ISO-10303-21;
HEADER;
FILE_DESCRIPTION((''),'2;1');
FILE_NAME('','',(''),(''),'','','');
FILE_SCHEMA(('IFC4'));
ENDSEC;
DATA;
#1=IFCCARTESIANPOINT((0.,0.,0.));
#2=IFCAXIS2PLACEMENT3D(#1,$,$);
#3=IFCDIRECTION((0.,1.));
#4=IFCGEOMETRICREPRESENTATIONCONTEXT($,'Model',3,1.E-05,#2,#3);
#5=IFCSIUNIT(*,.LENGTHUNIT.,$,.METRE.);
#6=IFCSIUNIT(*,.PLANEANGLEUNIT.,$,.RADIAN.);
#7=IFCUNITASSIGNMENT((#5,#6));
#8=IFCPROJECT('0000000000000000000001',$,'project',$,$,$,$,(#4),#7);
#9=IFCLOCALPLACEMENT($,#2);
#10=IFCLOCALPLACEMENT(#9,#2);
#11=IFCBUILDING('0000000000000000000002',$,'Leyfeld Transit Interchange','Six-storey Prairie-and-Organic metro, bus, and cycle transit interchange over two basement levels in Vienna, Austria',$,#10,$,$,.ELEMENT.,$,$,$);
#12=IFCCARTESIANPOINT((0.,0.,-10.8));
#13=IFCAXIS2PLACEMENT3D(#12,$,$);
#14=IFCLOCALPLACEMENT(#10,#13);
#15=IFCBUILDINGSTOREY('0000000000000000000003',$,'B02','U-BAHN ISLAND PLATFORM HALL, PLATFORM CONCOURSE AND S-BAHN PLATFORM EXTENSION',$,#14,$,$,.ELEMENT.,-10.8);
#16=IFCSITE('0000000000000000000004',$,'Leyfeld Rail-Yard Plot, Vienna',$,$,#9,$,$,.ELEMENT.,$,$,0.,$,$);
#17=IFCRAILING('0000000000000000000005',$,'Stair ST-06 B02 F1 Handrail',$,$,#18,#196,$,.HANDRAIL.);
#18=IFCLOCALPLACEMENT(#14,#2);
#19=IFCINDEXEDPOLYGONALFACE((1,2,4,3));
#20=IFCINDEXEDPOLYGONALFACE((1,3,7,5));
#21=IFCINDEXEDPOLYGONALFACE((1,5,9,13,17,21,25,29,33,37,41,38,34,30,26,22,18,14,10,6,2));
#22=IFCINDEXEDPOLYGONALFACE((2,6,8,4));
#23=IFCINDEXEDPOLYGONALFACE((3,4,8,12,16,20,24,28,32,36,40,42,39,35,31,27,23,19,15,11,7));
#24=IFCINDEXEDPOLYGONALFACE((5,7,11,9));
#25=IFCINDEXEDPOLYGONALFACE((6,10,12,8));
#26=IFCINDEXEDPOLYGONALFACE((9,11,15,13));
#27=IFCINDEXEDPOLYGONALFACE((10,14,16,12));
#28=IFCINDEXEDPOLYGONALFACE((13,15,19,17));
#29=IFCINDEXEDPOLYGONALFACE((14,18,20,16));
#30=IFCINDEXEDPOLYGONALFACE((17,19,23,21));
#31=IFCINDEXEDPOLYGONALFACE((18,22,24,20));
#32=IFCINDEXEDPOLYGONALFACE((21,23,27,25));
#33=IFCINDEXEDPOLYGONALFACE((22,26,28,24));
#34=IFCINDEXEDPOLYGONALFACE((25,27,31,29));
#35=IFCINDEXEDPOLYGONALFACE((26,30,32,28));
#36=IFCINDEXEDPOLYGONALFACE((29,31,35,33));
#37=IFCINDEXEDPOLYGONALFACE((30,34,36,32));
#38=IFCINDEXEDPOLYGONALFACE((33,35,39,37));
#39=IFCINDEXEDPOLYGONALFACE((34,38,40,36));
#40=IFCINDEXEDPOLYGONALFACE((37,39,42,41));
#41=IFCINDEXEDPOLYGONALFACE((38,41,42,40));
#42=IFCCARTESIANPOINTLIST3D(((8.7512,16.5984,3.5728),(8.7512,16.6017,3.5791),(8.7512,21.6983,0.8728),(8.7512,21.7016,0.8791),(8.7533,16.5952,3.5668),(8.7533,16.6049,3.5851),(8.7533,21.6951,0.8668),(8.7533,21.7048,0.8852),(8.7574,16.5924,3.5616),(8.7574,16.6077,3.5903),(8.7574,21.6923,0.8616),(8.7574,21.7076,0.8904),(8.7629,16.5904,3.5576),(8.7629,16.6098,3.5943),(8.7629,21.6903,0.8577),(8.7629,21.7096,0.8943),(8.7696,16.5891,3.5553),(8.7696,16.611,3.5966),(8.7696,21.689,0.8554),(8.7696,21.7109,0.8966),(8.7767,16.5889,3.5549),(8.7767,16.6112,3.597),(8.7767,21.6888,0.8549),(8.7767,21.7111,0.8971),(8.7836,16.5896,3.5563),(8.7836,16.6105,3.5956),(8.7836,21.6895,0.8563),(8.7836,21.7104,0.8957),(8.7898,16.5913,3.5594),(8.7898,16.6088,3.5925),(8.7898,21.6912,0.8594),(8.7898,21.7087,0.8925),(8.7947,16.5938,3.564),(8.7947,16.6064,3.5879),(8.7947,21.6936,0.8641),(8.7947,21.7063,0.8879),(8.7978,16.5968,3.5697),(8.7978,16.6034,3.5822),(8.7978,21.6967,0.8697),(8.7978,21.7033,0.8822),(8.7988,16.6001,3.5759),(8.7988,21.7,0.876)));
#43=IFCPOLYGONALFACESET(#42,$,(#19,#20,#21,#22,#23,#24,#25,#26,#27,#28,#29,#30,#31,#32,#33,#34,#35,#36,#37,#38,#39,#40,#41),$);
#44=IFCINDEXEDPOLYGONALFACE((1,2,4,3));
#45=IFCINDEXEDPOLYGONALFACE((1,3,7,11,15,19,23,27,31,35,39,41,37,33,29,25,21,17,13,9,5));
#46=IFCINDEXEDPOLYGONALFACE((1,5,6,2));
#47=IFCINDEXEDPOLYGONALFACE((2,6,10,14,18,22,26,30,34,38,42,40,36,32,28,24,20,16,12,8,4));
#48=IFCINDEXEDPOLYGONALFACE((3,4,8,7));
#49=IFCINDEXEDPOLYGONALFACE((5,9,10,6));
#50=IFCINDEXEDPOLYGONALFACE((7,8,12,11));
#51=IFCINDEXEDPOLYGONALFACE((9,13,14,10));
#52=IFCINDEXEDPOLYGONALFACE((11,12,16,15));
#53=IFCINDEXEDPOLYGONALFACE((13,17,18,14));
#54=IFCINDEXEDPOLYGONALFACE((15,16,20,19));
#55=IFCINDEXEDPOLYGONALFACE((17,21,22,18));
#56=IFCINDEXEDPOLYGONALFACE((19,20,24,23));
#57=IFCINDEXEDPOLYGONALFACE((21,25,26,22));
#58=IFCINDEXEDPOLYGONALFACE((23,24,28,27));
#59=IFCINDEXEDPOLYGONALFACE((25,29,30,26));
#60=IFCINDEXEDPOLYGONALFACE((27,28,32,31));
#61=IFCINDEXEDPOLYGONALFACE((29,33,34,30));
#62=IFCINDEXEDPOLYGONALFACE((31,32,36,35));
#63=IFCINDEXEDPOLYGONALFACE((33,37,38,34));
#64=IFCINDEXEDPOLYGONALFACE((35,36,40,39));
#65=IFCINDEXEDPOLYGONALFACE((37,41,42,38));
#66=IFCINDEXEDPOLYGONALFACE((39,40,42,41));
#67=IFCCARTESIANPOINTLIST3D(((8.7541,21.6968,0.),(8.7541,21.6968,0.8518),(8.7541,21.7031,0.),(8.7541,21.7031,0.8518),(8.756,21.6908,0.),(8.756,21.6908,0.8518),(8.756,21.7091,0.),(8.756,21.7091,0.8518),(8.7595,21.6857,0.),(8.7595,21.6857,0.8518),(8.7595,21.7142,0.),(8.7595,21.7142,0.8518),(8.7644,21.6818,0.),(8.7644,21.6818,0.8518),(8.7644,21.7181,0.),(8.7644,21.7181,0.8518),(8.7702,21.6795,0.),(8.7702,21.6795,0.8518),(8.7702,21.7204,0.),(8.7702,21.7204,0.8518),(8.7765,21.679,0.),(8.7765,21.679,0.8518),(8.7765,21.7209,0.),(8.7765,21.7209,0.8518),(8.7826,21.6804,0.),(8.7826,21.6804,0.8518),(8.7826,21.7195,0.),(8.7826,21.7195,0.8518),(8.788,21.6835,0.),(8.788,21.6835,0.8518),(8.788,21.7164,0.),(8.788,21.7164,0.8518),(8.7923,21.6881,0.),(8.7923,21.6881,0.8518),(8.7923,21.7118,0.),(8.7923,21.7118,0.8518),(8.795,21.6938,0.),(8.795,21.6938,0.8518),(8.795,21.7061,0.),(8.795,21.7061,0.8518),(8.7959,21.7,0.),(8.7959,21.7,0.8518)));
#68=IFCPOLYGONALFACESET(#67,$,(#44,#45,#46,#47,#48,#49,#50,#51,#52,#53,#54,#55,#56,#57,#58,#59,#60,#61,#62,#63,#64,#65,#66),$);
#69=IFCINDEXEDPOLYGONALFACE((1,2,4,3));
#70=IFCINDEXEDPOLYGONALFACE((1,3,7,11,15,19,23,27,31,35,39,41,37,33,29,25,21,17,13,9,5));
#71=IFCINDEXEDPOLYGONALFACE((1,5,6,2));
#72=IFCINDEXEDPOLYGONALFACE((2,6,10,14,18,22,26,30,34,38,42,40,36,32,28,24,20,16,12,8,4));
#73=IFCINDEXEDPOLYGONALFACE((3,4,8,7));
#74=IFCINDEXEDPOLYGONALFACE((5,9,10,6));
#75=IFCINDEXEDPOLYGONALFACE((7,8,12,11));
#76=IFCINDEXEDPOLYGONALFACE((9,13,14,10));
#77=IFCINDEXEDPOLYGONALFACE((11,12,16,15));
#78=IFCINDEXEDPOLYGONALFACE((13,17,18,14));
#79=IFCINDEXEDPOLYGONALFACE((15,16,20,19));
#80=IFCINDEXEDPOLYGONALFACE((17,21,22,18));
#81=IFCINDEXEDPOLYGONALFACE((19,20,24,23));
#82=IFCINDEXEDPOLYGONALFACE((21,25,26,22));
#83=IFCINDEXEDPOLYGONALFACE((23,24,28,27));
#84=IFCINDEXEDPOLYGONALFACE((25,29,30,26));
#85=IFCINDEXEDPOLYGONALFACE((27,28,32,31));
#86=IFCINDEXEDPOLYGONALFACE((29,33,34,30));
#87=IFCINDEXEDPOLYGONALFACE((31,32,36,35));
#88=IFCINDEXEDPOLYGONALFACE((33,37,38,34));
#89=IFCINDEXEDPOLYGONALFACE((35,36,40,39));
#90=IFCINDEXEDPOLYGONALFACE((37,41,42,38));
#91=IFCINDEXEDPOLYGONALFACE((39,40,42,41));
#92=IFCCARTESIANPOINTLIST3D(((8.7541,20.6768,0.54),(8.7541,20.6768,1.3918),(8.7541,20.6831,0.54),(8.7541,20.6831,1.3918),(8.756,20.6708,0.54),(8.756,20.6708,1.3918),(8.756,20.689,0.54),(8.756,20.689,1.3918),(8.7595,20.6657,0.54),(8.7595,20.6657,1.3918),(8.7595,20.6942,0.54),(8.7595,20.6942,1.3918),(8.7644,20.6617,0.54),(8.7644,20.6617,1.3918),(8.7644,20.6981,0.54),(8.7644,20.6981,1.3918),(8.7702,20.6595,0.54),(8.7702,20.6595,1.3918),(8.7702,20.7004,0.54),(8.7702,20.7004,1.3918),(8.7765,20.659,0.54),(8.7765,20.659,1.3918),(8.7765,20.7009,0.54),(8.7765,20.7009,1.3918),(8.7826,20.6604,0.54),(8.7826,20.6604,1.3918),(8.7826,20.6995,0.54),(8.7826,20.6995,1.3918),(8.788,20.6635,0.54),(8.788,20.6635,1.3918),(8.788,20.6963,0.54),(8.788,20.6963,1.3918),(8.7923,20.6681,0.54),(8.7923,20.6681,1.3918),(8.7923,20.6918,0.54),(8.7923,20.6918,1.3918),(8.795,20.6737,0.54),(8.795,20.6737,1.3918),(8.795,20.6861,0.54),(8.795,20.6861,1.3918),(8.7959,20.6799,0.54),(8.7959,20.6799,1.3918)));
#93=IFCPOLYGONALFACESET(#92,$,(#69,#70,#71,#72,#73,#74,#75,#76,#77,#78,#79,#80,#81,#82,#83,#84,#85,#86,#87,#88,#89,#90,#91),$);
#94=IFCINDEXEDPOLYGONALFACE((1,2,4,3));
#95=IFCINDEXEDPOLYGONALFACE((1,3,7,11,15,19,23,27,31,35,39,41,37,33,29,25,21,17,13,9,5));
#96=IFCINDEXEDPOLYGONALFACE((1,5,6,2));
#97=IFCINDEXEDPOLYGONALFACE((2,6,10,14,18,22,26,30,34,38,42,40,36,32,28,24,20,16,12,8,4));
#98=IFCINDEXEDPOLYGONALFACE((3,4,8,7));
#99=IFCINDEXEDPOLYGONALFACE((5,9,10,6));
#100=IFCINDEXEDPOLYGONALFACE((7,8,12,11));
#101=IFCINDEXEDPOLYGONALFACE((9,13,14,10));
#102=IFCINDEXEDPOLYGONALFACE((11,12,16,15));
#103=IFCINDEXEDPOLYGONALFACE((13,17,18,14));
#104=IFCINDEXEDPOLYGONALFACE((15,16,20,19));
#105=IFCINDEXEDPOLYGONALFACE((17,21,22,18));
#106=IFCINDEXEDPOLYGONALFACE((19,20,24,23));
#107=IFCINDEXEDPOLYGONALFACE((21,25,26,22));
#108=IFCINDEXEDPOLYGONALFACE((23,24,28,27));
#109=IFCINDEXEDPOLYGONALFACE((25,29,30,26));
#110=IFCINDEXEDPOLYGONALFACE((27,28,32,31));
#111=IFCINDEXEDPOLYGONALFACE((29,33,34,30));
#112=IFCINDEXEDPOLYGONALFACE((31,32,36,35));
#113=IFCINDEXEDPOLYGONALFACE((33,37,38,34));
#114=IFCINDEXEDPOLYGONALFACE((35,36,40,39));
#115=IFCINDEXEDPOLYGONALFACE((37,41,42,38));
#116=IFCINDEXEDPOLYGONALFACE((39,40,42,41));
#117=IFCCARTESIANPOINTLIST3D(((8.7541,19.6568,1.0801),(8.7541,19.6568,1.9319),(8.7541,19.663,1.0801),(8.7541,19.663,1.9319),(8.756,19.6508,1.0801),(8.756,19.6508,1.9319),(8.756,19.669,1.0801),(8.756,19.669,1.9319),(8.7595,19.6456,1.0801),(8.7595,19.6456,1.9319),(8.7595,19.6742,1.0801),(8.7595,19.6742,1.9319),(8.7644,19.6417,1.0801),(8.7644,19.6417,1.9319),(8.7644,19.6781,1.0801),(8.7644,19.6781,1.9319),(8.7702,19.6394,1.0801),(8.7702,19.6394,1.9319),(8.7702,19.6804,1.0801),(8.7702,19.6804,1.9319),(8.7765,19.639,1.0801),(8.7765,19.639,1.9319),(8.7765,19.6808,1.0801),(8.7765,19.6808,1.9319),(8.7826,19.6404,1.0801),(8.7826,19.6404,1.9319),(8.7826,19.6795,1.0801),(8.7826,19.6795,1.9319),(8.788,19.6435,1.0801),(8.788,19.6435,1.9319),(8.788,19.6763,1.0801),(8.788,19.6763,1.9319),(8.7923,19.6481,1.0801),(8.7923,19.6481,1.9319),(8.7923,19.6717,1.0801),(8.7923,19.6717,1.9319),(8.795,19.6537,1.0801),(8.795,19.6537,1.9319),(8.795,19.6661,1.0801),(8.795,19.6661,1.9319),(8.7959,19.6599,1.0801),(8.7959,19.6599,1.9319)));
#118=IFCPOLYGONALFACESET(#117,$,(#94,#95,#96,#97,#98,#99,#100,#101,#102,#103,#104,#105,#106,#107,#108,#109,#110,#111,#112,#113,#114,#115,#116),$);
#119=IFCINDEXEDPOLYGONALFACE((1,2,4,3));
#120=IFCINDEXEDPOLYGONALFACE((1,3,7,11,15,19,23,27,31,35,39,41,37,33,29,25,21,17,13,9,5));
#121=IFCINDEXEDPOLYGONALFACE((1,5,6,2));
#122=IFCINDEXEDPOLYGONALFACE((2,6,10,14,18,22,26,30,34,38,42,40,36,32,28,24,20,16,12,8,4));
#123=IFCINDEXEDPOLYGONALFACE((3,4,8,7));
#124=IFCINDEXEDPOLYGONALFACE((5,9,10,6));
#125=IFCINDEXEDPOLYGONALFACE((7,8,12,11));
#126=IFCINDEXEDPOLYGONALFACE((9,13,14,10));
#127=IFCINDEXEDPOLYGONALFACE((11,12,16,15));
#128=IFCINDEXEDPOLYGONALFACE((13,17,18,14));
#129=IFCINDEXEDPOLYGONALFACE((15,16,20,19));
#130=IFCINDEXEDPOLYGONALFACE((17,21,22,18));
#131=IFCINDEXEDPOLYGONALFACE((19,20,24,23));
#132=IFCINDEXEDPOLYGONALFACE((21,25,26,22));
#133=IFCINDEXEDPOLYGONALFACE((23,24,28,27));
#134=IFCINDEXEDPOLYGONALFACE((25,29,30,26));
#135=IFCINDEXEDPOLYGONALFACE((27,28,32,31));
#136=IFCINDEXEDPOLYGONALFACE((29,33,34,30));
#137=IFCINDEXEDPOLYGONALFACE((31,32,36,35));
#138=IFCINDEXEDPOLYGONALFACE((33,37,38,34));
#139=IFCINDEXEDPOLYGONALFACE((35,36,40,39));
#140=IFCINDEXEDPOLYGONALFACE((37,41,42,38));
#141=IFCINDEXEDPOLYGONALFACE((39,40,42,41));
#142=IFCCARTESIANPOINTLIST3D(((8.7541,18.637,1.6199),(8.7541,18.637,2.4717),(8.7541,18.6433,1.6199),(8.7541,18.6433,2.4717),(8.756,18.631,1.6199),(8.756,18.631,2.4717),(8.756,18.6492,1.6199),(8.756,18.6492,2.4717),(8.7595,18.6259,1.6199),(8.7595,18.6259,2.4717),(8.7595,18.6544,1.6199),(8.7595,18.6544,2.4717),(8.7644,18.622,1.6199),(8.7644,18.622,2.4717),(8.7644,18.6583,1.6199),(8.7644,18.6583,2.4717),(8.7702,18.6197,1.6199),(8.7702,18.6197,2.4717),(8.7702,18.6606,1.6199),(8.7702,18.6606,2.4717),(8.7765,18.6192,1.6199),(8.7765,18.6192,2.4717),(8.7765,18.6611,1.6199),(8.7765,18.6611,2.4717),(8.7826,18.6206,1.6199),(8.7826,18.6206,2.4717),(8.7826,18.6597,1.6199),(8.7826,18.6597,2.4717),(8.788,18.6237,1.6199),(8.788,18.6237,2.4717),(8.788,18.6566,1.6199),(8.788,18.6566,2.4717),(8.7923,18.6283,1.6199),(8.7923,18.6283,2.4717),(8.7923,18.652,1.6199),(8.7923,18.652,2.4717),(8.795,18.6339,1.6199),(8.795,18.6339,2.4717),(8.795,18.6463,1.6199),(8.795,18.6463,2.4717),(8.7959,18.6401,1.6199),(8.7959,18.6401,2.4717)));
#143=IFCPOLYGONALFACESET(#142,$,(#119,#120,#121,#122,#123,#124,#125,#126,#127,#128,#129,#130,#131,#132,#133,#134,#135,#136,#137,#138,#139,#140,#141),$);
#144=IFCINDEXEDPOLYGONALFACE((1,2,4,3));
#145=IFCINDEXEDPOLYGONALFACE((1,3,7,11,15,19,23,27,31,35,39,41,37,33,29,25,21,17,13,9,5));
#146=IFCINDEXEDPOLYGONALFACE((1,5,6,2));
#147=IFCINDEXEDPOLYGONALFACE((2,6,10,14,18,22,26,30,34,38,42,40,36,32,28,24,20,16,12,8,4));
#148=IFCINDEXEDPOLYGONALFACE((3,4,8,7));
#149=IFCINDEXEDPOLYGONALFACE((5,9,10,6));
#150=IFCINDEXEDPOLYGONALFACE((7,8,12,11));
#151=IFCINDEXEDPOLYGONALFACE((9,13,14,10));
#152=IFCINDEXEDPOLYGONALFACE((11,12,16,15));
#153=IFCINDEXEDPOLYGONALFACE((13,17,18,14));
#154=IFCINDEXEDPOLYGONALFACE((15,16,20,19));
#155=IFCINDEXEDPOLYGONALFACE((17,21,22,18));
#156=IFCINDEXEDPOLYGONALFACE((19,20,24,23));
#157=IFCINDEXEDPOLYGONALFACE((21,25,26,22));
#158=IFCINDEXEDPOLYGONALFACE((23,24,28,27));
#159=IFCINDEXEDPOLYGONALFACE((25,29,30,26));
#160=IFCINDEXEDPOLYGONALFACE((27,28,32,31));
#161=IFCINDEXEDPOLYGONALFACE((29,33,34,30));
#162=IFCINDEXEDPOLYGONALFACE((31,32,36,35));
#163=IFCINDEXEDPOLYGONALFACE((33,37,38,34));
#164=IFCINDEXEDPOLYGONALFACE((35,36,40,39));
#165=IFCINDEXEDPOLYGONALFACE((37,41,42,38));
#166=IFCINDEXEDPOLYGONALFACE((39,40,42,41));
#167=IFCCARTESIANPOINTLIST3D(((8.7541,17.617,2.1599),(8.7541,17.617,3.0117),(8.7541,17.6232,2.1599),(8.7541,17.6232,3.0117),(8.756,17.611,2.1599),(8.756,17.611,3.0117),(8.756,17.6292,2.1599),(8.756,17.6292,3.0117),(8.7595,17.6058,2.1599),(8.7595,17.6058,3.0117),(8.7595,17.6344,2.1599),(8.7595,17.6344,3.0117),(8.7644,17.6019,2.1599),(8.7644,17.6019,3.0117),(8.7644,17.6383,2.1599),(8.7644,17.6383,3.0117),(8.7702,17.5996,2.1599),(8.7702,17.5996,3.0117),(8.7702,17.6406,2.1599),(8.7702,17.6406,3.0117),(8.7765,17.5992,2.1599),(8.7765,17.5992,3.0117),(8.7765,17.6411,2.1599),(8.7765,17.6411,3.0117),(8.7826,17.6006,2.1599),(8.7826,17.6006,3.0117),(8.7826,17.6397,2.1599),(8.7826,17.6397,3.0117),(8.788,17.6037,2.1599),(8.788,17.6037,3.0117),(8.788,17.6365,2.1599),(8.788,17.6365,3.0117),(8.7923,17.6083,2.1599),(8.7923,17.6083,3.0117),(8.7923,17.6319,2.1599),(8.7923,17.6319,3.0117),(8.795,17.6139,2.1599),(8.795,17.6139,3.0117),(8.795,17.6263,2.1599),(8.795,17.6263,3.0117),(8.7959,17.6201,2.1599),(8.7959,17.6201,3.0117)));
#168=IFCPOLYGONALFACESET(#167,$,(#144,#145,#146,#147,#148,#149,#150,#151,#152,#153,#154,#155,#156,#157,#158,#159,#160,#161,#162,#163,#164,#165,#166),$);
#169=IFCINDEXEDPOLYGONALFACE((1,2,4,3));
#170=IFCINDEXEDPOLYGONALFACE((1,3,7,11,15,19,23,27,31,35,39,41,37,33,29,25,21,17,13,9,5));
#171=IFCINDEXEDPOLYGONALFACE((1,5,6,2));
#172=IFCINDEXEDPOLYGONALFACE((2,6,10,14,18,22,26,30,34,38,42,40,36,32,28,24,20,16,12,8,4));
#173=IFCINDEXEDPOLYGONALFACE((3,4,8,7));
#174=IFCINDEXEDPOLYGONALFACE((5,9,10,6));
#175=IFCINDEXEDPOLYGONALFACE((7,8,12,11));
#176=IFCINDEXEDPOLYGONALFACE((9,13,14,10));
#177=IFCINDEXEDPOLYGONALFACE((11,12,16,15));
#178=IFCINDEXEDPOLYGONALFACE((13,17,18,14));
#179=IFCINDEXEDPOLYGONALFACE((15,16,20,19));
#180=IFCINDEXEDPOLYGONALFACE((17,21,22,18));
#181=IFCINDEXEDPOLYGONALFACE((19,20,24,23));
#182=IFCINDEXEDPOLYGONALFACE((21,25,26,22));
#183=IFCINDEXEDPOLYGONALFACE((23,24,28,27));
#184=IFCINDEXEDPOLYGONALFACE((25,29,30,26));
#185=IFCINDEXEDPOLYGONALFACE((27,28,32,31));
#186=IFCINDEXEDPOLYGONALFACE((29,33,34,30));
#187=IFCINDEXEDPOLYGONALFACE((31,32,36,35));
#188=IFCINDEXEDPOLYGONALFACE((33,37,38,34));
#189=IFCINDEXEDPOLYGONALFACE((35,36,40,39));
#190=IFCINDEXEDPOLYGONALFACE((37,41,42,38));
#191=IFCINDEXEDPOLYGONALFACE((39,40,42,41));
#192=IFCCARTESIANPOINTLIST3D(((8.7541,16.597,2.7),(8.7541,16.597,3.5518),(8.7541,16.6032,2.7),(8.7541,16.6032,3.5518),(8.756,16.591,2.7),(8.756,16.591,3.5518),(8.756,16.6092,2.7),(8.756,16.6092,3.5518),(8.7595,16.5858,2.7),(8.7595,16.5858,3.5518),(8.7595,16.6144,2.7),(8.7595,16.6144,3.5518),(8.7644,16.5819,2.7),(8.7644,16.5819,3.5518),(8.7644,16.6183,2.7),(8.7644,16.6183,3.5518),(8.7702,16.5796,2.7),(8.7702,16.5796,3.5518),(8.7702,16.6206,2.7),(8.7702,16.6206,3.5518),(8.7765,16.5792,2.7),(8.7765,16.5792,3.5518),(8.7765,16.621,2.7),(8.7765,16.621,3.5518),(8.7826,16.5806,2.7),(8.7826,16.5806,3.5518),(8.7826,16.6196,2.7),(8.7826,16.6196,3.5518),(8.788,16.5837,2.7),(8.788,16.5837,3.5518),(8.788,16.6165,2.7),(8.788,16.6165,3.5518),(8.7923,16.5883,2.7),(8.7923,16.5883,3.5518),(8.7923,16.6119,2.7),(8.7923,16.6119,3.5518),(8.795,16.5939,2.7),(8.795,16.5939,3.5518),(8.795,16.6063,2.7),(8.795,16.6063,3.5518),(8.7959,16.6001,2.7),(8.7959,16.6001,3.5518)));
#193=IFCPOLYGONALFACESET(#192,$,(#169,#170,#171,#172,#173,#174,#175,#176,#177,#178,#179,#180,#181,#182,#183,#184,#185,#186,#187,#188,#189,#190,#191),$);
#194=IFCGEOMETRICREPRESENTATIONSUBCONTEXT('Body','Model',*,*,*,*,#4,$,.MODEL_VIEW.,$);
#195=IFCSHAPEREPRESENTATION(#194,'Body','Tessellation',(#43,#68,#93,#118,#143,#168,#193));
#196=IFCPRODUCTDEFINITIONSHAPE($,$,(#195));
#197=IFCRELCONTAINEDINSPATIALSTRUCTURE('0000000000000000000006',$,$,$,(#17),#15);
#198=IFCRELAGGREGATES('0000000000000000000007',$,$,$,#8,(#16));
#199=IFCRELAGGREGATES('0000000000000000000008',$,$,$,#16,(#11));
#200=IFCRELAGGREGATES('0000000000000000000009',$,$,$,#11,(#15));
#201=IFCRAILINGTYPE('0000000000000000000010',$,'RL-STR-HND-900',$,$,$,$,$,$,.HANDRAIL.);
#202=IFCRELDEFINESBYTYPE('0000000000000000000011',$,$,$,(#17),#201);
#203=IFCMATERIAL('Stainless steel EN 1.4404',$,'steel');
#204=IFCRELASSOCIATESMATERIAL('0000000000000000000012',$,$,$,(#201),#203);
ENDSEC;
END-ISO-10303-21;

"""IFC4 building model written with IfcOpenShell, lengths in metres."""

from ifc_helpers import new_model, si_unit, direction, frame, origin, origin_2d, place, context, subcontext, project, spatial, circle, extrude, material, type_object, element, save


model = new_model("IFC4")

# Units and contexts
model_context = context("Model", 3, precision=1e-05, world=origin(), true_north=direction((0.0, 1.0)))
body_context = subcontext(model_context, "Body", "Model", "MODEL_VIEW")
ifc_project = project(units=[si_unit("LENGTHUNIT", "METRE"), si_unit("PLANEANGLEUNIT", "RADIAN")], contexts=[model_context])

# Site, building, storey
site_placement = place(None, origin())
site = spatial("IfcSite", under=ifc_project, at=site_placement, Name="Leyfeld Rail-Yard Plot, Vienna", CompositionType="ELEMENT", RefElevation=0.0)
building_placement = place(site_placement, origin())
building = spatial("IfcBuilding", under=site, at=building_placement, Name="Leyfeld Transit Interchange", Description="Six-storey Prairie-and-Organic metro, bus, and cycle transit interchange over two basement levels in Vienna, Austria", CompositionType="ELEMENT")
storey_placement = place(building_placement, frame((0.0, 0.0, -10.8)))
storey = spatial("IfcBuildingStorey", under=building, at=storey_placement, Name="B02", Description="U-BAHN ISLAND PLATFORM HALL, PLATFORM CONCOURSE AND S-BAHN PLATFORM EXTENSION", CompositionType="ELEMENT", Elevation=-10.8)

# Railing
ifc_material_1 = material(Name="Stainless steel EN 1.4404", Category="steel")
railing_type_1 = type_object("IfcRailingType", Name="RL-STR-HND-900", PredefinedType="HANDRAIL", material=ifc_material_1)
railing_1_placement = place(storey_placement, frame((8.7749, 21.7, 0.0)))
element("IfcRailing", 1, at=railing_1_placement, inside=storey, type_object=railing_type_1, Name="Stair ST-06 B02 F1 Handrail", PredefinedType="HANDRAIL", context=body_context, shape_type="SweptSolid", body=[
    extrude(circle(Radius=0.0239, at=origin_2d()), frame((0.0, 0.0, 0.876), z_axis=(0.0, -0.883786, 0.467892), x_axis=(1.0, 0.0, 0.0)), (0.0, 0.0, 1.0), 5.7705),
    extrude(circle(Radius=0.021, at=origin_2d()), origin(), (0.0, 0.0, 1.0), 0.8518),
    extrude(circle(Radius=0.021, at=origin_2d()), frame((0.0, -1.02, 0.54)), (0.0, 0.0, 1.0), 0.8518),
    extrude(circle(Radius=0.021, at=origin_2d()), frame((0.0, -2.04, 1.0801)), (0.0, 0.0, 1.0), 0.8518),
    extrude(circle(Radius=0.021, at=origin_2d()), frame((0.0, -3.0598, 1.6199)), (0.0, 0.0, 1.0), 0.8518),
    extrude(circle(Radius=0.021, at=origin_2d()), frame((0.0, -4.0798, 2.1599)), (0.0, 0.0, 1.0), 0.8518),
    extrude(circle(Radius=0.021, at=origin_2d()), frame((0.0, -5.0999, 2.7)), (0.0, 0.0, 1.0), 0.8518),
])

save(model, "model.ifc")
